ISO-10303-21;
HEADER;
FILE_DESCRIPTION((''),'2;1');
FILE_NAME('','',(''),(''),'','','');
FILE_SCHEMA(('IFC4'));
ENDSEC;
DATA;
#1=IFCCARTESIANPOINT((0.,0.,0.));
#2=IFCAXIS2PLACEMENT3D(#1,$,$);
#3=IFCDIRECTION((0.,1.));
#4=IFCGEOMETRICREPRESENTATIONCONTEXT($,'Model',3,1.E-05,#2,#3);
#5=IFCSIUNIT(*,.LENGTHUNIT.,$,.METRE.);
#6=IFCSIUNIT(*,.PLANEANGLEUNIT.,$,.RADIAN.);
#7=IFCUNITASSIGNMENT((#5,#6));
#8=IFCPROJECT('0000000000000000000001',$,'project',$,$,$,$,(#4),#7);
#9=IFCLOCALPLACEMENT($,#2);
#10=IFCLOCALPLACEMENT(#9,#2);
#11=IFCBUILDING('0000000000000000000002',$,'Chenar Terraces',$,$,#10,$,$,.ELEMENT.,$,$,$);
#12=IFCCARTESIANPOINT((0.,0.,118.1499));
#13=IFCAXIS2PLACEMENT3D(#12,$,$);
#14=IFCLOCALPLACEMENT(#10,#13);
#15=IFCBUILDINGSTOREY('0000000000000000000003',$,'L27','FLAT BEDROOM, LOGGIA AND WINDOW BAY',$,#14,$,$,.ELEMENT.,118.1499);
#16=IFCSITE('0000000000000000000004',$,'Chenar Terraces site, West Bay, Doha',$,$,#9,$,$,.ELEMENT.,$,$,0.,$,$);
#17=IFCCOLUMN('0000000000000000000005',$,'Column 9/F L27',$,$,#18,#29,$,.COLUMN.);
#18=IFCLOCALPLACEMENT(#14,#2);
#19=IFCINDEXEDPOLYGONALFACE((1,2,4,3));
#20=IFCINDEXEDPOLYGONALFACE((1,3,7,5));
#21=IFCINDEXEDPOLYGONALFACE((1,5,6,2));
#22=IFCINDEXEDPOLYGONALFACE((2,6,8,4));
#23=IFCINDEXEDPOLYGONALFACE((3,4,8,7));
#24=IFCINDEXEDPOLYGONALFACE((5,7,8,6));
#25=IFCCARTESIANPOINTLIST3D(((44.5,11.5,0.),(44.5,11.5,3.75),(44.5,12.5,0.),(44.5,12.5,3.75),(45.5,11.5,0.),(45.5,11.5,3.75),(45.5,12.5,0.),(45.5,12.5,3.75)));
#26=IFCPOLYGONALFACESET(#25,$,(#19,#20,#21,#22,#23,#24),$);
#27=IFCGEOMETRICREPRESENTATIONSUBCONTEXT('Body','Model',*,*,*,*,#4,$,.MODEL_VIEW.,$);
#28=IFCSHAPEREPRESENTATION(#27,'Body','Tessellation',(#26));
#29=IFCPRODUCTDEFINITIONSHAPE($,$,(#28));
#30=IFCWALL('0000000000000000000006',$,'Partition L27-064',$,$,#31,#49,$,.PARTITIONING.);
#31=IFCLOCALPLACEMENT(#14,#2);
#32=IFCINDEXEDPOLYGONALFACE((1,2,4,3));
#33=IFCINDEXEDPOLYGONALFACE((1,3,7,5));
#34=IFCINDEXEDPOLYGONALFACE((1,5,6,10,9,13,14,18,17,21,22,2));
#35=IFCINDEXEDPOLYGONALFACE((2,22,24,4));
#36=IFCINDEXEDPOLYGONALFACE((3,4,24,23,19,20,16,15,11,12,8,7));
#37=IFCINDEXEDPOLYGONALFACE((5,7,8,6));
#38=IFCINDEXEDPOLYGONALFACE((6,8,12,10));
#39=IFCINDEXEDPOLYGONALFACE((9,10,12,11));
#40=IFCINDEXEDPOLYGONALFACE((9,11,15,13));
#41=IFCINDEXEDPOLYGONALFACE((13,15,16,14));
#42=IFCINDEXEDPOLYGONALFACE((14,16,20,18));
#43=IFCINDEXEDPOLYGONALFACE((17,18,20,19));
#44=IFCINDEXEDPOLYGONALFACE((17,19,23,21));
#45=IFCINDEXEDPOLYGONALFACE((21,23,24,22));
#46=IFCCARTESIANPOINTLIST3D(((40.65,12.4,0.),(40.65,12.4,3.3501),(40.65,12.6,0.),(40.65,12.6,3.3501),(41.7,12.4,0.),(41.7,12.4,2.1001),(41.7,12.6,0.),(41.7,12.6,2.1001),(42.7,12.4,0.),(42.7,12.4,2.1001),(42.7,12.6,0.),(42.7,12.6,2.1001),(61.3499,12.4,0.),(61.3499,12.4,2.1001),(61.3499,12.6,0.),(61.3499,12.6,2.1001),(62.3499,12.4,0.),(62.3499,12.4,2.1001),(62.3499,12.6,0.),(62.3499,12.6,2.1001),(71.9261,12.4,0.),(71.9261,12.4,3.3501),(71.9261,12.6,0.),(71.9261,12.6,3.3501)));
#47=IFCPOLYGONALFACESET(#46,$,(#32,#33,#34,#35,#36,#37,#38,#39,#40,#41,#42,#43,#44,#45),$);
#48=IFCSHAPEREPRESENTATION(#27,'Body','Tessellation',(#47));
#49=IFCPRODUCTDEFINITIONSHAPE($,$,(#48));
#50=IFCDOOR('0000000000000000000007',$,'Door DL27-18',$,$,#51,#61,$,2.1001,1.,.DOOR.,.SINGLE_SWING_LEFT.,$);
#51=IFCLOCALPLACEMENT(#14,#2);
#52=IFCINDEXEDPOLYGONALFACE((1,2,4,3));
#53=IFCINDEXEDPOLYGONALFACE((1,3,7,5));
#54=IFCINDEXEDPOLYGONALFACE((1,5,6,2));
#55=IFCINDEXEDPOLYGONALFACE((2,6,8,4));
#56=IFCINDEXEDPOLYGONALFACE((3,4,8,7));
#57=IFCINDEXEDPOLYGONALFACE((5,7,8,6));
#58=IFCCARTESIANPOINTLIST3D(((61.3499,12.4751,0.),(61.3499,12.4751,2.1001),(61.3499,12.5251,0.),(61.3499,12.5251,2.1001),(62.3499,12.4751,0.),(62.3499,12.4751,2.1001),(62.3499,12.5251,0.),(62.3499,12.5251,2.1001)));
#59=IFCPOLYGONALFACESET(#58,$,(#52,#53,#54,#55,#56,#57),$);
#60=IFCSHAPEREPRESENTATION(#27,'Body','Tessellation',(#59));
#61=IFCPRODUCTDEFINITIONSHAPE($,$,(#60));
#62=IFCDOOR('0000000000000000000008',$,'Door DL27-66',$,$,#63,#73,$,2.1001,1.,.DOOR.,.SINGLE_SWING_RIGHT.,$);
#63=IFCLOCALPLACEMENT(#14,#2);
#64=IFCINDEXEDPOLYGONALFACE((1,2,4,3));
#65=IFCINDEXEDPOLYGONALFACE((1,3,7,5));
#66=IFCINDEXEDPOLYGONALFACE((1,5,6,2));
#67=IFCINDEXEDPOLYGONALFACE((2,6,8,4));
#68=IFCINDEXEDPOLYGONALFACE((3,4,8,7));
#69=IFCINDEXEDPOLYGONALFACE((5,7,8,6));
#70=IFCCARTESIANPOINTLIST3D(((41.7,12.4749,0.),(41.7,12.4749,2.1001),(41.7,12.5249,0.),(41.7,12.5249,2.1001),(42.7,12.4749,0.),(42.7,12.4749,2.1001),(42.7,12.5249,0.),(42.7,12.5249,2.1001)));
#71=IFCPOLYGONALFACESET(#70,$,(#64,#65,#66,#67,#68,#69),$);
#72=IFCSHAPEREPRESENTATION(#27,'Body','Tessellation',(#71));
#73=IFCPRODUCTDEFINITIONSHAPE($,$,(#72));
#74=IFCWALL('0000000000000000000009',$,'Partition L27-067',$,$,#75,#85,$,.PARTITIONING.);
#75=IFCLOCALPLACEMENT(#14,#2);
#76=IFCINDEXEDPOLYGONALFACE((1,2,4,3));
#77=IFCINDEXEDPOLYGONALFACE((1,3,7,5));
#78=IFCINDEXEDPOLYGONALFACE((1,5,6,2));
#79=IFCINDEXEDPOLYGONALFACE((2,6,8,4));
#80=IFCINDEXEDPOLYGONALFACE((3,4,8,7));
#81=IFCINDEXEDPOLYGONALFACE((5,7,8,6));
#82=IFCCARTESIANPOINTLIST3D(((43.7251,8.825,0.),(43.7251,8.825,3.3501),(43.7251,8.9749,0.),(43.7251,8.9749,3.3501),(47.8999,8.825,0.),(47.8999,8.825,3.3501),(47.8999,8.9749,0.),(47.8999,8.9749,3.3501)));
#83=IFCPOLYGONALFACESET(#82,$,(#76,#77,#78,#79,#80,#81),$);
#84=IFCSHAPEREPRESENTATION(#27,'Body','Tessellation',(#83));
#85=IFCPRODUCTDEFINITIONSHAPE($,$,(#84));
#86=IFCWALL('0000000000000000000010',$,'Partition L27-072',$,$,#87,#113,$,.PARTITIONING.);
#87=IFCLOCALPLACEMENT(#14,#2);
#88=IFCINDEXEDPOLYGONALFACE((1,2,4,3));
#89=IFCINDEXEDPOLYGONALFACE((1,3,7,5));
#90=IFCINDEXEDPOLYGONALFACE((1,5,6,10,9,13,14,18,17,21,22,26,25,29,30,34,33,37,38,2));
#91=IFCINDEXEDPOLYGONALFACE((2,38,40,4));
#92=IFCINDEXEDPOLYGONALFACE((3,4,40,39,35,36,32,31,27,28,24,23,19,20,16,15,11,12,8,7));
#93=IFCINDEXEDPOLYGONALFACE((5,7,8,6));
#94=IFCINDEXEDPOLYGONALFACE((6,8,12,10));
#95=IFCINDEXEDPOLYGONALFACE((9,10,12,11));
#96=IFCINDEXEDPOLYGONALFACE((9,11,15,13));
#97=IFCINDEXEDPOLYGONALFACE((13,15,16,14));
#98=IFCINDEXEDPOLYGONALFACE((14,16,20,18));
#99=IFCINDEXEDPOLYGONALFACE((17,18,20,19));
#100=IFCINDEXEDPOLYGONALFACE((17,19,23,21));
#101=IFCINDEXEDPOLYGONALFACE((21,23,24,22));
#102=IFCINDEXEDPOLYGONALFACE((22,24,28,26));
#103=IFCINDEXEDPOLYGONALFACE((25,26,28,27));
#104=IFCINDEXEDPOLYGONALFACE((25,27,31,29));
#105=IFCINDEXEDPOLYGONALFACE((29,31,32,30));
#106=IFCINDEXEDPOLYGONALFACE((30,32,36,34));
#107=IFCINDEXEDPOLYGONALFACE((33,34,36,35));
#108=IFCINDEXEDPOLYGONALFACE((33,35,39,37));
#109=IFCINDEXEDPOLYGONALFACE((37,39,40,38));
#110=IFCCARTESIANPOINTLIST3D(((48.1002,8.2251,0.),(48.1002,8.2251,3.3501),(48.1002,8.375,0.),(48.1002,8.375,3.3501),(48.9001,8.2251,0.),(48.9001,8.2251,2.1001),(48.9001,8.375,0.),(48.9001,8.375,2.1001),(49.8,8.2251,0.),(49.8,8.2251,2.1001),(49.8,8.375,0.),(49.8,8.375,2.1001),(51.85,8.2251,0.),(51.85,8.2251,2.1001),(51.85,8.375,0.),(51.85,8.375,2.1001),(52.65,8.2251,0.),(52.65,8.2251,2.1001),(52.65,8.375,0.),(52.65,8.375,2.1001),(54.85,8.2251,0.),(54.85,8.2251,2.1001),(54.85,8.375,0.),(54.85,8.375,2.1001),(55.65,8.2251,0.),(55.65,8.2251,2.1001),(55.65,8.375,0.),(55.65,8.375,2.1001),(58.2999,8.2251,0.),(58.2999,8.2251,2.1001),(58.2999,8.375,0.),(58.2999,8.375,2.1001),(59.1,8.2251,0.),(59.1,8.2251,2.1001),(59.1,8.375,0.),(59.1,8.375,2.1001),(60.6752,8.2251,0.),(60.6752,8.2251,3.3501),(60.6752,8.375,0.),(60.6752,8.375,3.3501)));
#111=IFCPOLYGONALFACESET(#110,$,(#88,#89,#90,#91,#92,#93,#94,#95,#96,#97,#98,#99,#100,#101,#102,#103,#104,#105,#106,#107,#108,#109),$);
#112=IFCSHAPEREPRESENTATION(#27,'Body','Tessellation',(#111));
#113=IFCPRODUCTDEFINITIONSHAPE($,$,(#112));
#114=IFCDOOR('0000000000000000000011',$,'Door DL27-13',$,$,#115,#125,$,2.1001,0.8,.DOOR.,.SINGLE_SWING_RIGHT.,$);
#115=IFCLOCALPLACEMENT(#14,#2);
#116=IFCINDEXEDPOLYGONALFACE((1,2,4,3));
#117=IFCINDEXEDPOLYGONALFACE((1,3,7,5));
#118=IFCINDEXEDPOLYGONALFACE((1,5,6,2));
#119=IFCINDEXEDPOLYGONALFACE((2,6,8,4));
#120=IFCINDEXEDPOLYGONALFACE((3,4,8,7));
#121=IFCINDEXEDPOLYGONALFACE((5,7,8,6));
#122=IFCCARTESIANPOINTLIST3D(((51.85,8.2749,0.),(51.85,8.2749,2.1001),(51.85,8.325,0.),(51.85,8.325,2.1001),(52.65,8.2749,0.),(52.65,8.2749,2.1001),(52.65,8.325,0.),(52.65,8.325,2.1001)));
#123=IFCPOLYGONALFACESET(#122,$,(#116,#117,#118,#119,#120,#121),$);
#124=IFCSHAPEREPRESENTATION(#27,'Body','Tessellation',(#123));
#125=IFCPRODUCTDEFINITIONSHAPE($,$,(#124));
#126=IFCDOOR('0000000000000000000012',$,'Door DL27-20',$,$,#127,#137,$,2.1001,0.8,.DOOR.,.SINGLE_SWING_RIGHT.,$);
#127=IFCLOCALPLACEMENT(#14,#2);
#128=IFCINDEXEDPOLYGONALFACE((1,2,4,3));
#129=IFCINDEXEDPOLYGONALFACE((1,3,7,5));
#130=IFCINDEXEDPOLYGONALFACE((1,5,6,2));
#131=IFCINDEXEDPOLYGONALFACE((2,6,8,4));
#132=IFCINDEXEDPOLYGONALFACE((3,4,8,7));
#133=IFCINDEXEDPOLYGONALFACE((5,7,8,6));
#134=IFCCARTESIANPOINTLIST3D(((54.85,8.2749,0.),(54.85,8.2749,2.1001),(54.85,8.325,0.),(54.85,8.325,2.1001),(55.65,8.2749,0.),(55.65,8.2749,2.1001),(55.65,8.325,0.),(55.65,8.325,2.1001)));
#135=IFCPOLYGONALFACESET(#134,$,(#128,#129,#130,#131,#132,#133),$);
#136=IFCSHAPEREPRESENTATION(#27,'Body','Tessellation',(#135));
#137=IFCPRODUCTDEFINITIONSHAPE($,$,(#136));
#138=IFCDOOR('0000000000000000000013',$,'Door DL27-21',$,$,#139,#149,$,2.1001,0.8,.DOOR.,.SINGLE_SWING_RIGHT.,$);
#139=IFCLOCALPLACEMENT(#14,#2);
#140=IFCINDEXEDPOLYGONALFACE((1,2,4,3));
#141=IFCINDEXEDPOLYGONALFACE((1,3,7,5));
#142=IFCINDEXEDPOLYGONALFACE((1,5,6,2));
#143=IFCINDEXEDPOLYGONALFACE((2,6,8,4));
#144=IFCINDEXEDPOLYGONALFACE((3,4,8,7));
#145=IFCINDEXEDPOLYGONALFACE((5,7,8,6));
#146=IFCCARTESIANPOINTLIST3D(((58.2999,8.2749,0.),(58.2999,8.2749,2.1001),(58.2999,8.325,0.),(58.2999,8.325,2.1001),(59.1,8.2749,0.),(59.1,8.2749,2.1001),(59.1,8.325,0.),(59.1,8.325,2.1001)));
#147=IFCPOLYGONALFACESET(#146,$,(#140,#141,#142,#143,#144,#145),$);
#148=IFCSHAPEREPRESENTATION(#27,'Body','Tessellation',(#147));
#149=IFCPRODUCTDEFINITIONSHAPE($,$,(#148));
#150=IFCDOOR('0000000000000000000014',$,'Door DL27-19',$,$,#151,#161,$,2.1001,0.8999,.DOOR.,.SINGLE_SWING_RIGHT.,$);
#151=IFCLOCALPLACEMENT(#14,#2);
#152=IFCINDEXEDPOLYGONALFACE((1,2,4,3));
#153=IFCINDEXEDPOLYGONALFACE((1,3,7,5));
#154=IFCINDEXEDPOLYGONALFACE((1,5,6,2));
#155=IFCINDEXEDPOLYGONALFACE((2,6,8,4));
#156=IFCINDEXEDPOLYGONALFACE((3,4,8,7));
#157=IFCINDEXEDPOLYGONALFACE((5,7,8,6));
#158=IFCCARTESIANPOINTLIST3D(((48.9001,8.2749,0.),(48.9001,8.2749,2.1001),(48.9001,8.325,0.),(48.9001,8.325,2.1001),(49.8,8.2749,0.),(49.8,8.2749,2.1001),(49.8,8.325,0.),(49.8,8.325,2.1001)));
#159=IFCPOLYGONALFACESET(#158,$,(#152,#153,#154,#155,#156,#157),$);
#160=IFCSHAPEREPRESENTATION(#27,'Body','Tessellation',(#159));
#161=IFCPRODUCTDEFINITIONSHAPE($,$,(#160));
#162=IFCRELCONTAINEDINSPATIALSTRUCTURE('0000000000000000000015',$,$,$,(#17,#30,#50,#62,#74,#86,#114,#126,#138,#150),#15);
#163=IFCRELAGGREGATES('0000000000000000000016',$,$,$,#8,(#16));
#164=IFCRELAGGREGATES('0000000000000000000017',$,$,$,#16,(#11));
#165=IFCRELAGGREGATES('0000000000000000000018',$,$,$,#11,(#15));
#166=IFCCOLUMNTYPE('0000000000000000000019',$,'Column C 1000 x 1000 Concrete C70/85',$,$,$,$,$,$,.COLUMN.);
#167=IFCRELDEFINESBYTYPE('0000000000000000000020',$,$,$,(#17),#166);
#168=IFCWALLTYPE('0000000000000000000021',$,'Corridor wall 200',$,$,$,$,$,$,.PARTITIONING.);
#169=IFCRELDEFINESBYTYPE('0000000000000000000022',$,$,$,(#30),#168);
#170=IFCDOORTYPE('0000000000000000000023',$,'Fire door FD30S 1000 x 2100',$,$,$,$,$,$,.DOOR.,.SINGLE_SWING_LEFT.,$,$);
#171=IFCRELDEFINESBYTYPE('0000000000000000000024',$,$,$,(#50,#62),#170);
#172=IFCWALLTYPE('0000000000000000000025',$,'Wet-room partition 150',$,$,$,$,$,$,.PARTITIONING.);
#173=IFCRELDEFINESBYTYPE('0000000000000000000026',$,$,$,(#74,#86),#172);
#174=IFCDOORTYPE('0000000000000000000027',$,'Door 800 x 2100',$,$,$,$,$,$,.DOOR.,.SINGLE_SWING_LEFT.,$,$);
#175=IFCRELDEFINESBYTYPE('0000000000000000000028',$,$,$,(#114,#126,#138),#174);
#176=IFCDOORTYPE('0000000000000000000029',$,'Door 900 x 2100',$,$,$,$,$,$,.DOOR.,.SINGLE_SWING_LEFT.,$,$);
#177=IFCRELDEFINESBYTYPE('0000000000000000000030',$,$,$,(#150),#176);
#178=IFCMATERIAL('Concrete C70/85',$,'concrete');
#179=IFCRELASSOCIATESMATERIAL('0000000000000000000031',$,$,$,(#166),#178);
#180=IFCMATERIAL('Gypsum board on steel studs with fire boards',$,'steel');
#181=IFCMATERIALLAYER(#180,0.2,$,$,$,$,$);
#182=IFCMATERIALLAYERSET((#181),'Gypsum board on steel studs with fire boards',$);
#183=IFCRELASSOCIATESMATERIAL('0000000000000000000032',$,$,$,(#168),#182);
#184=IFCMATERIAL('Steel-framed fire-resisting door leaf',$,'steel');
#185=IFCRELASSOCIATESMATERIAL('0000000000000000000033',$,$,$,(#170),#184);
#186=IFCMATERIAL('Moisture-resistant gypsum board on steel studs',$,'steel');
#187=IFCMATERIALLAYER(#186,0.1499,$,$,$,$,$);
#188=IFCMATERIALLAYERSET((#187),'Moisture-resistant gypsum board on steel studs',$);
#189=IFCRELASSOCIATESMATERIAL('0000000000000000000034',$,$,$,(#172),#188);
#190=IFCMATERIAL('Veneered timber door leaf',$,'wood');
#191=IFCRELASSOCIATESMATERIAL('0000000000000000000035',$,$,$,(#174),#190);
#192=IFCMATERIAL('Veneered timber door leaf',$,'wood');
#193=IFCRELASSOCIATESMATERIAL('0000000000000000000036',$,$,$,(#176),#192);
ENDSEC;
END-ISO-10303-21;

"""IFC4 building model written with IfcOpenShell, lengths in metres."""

from ifc_helpers import new_model, si_unit, direction, frame, frame_2d, origin, origin_2d, place, context, subcontext, project, spatial, rectangle, extrude, material, layer, layer_set, material_profile, profile_set, type_object, element, fill, save


model = new_model("IFC4")

# Units and contexts
model_context = context("Model", 3, precision=1e-05, world=origin(), true_north=direction((0.0, 1.0)))
body_context = subcontext(model_context, "Body", "Model", "MODEL_VIEW")
ifc_project = project(units=[si_unit("LENGTHUNIT", "METRE"), si_unit("PLANEANGLEUNIT", "RADIAN")], contexts=[model_context])

# Site, building, storey
site_placement = place(None, origin())
site = spatial("IfcSite", under=ifc_project, at=site_placement, Name="Chenar Terraces site, West Bay, Doha", CompositionType="ELEMENT", RefElevation=0.0)
building_placement = place(site_placement, origin())
building = spatial("IfcBuilding", under=site, at=building_placement, Name="Chenar Terraces", CompositionType="ELEMENT")
storey_placement = place(building_placement, frame((0.0, 0.0, 118.1499)))
storey = spatial("IfcBuildingStorey", under=building, at=storey_placement, Name="L27", Description="FLAT BEDROOM, LOGGIA AND WINDOW BAY", CompositionType="ELEMENT", Elevation=118.1499)

# Column
ifc_material_1 = material(Name="Concrete C70/85", Category="concrete")
ifc_material_profile = material_profile(ifc_material_1, rectangle(XDim=1.0, YDim=1.0, at=origin_2d()), Name="C 1000 x 1000")
ifc_profile_set = profile_set([ifc_material_profile], Name="Concrete C70/85")
column_type = type_object("IfcColumnType", Name="Column C 1000 x 1000 Concrete C70/85", PredefinedType="COLUMN", material=ifc_profile_set)
column_placement = place(storey_placement, frame((45.0, 12.0, 0.0), z_axis=(0.0, 0.0, 1.0), x_axis=(1.0, 0.0, 0.0)))
element("IfcColumn", 1, at=column_placement, inside=storey, type_object=column_type, Name="Column 9/F L27", PredefinedType="COLUMN", context=body_context, shape_type="SweptSolid", body=[
    extrude(rectangle(XDim=1.0, YDim=1.0, at=origin_2d()), origin(), (0.0, 0.0, 1.0), 3.75),
])

# Wall, openings, doors
ifc_material_2 = material(Name="Gypsum board on steel studs with fire boards", Category="steel")
ifc_layer_1 = layer(ifc_material_2, 0.2)
ifc_layer_set_1 = layer_set([ifc_layer_1], Name="Gypsum board on steel studs with fire boards")
wall_type_1 = type_object("IfcWallType", Name="Corridor wall 200", PredefinedType="PARTITIONING", material=ifc_layer_set_1)
wall_1_placement = place(storey_placement, frame((40.6499, 12.5, 0.0), z_axis=(0.0, 0.0, 1.0), x_axis=(1.0, 0.0, 0.0)))
wall_1 = element("IfcWall", 2, at=wall_1_placement, inside=storey, type_object=wall_type_1, Name="Partition L27-064", PredefinedType="PARTITIONING", context=body_context, shape_type="SweptSolid", body=[
    extrude(rectangle(XDim=31.2761, YDim=0.2, at=frame_2d((15.6382, 0.0))), origin(), (0.0, 0.0, 1.0), 3.3501),
])
opening_1_placement = place(wall_1_placement, frame((20.7, 0.0, 0.0)))
opening_1 = element("IfcOpeningElement", 3, at=opening_1_placement, cuts=wall_1, PredefinedType="OPENING", context=body_context, shape_type="SweptSolid", body=[
    extrude(rectangle(XDim=1.0, YDim=2.1001, at=frame_2d((0.5, 1.05))), frame((0.0, 0.1099, 0.0), z_axis=(0.0, -1.0, 0.0), x_axis=(1.0, 0.0, 0.0)), (0.0, 0.0, 1.0), 0.22),
])
opening_2_placement = place(wall_1_placement, frame((1.05, 0.0, 0.0)))
opening_2 = element("IfcOpeningElement", 4, at=opening_2_placement, cuts=wall_1, PredefinedType="OPENING", context=body_context, shape_type="SweptSolid", body=[
    extrude(rectangle(XDim=1.0, YDim=2.1001, at=frame_2d((0.5, 1.05))), frame((0.0, 0.1099, 0.0), z_axis=(0.0, -1.0, 0.0), x_axis=(1.0, 0.0, 0.0)), (0.0, 0.0, 1.0), 0.22),
])
ifc_material_3 = material(Name="Steel-framed fire-resisting door leaf", Category="steel")
door_type_1 = type_object("IfcDoorType", Name="Fire door FD30S 1000 x 2100", OperationType="SINGLE_SWING_LEFT", PredefinedType="DOOR", material=ifc_material_3)
door_1_placement = place(opening_1_placement, frame((1.0, 0.0, 0.0), z_axis=(0.0, 0.0, 1.0), x_axis=(-1.0, 0.0, 0.0)))
door_1 = element("IfcDoor", 5, at=door_1_placement, inside=storey, type_object=door_type_1, Name="Door DL27-18", OperationType="SINGLE_SWING_LEFT", OverallHeight=2.1001, OverallWidth=1.0, PredefinedType="DOOR", context=body_context, shape_type="SweptSolid", body=[
    extrude(rectangle(XDim=1.0, YDim=2.1001, at=frame_2d((0.5, 1.05))), frame((0.0, 0.0249, 0.0), z_axis=(0.0, -1.0, 0.0), x_axis=(1.0, 0.0, 0.0)), (0.0, 0.0, 1.0), 0.05),
])
fill(opening_1, door_1)
door_2_placement = place(opening_2_placement, origin())
door_2 = element("IfcDoor", 6, at=door_2_placement, inside=storey, type_object=door_type_1, Name="Door DL27-66", OperationType="SINGLE_SWING_RIGHT", OverallHeight=2.1001, OverallWidth=1.0, PredefinedType="DOOR", context=body_context, shape_type="SweptSolid", body=[
    extrude(rectangle(XDim=1.0, YDim=2.1001, at=frame_2d((0.5, 1.05))), frame((0.0, 0.0249, 0.0), z_axis=(0.0, -1.0, 0.0), x_axis=(1.0, 0.0, 0.0)), (0.0, 0.0, 1.0), 0.05),
])
fill(opening_2, door_2)

# Wall
ifc_material_4 = material(Name="Moisture-resistant gypsum board on steel studs", Category="steel")
ifc_layer_2 = layer(ifc_material_4, 0.1499)
ifc_layer_set_2 = layer_set([ifc_layer_2], Name="Moisture-resistant gypsum board on steel studs")
wall_type_2 = type_object("IfcWallType", Name="Wet-room partition 150", PredefinedType="PARTITIONING", material=ifc_layer_set_2)
wall_2_placement = place(storey_placement, frame((43.7251, 8.8999, 0.0), z_axis=(0.0, 0.0, 1.0), x_axis=(1.0, 0.0, 0.0)))
element("IfcWall", 7, at=wall_2_placement, inside=storey, type_object=wall_type_2, Name="Partition L27-067", PredefinedType="PARTITIONING", context=body_context, shape_type="SweptSolid", body=[
    extrude(rectangle(XDim=4.1748, YDim=0.1499, at=frame_2d((2.0874, 0.0))), origin(), (0.0, 0.0, 1.0), 3.3501),
])

# Wall, openings, doors
wall_3_placement = place(storey_placement, frame((48.1001, 8.3, 0.0), z_axis=(0.0, 0.0, 1.0), x_axis=(1.0, 0.0, 0.0)))
wall_3 = element("IfcWall", 8, at=wall_3_placement, inside=storey, type_object=wall_type_2, Name="Partition L27-072", PredefinedType="PARTITIONING", context=body_context, shape_type="SweptSolid", body=[
    extrude(rectangle(XDim=12.575, YDim=0.1499, at=frame_2d((6.2876, 0.0))), origin(), (0.0, 0.0, 1.0), 3.3501),
])
opening_3_placement = place(wall_3_placement, frame((3.75, 0.0, 0.0)))
opening_3 = element("IfcOpeningElement", 9, at=opening_3_placement, cuts=wall_3, PredefinedType="OPENING", context=body_context, shape_type="SweptSolid", body=[
    extrude(rectangle(XDim=0.8, YDim=2.1001, at=frame_2d((0.3999, 1.05))), frame((0.0, 0.085, 0.0), z_axis=(0.0, -1.0, 0.0), x_axis=(1.0, 0.0, 0.0)), (0.0, 0.0, 1.0), 0.1699),
])
opening_4_placement = place(wall_3_placement, frame((0.8, 0.0, 0.0)))
opening_4 = element("IfcOpeningElement", 10, at=opening_4_placement, cuts=wall_3, PredefinedType="OPENING", context=body_context, shape_type="SweptSolid", body=[
    extrude(rectangle(XDim=0.8999, YDim=2.1001, at=frame_2d((0.45, 1.05))), frame((0.0, 0.085, 0.0), z_axis=(0.0, -1.0, 0.0), x_axis=(1.0, 0.0, 0.0)), (0.0, 0.0, 1.0), 0.1699),
])
opening_5_placement = place(wall_3_placement, frame((6.75, 0.0, 0.0)))
opening_5 = element("IfcOpeningElement", 11, at=opening_5_placement, cuts=wall_3, PredefinedType="OPENING", context=body_context, shape_type="SweptSolid", body=[
    extrude(rectangle(XDim=0.8, YDim=2.1001, at=frame_2d((0.3999, 1.05))), frame((0.0, 0.085, 0.0), z_axis=(0.0, -1.0, 0.0), x_axis=(1.0, 0.0, 0.0)), (0.0, 0.0, 1.0), 0.1699),
])
opening_6_placement = place(wall_3_placement, frame((10.2, 0.0, 0.0)))
opening_6 = element("IfcOpeningElement", 12, at=opening_6_placement, cuts=wall_3, PredefinedType="OPENING", context=body_context, shape_type="SweptSolid", body=[
    extrude(rectangle(XDim=0.8, YDim=2.1001, at=frame_2d((0.3999, 1.05))), frame((0.0, 0.085, 0.0), z_axis=(0.0, -1.0, 0.0), x_axis=(1.0, 0.0, 0.0)), (0.0, 0.0, 1.0), 0.1699),
])
ifc_material_5 = material(Name="Veneered timber door leaf", Category="wood")
door_type_2 = type_object("IfcDoorType", Name="Door 800 x 2100", OperationType="SINGLE_SWING_LEFT", PredefinedType="DOOR", material=ifc_material_5)
door_3_placement = place(opening_3_placement, origin())
door_3 = element("IfcDoor", 13, at=door_3_placement, inside=storey, type_object=door_type_2, Name="Door DL27-13", OperationType="SINGLE_SWING_RIGHT", OverallHeight=2.1001, OverallWidth=0.8, PredefinedType="DOOR", context=body_context, shape_type="SweptSolid", body=[
    extrude(rectangle(XDim=0.8, YDim=2.1001, at=frame_2d((0.3999, 1.05))), frame((0.0, 0.0249, 0.0), z_axis=(0.0, -1.0, 0.0), x_axis=(1.0, 0.0, 0.0)), (0.0, 0.0, 1.0), 0.05),
])
fill(opening_3, door_3)
door_4_placement = place(opening_5_placement, origin())
door_4 = element("IfcDoor", 14, at=door_4_placement, inside=storey, type_object=door_type_2, Name="Door DL27-20", OperationType="SINGLE_SWING_RIGHT", OverallHeight=2.1001, OverallWidth=0.8, PredefinedType="DOOR", context=body_context, shape_type="SweptSolid", body=[
    extrude(rectangle(XDim=0.8, YDim=2.1001, at=frame_2d((0.3999, 1.05))), frame((0.0, 0.0249, 0.0), z_axis=(0.0, -1.0, 0.0), x_axis=(1.0, 0.0, 0.0)), (0.0, 0.0, 1.0), 0.05),
])
fill(opening_5, door_4)
door_5_placement = place(opening_6_placement, origin())
door_5 = element("IfcDoor", 15, at=door_5_placement, inside=storey, type_object=door_type_2, Name="Door DL27-21", OperationType="SINGLE_SWING_RIGHT", OverallHeight=2.1001, OverallWidth=0.8, PredefinedType="DOOR", context=body_context, shape_type="SweptSolid", body=[
    extrude(rectangle(XDim=0.8, YDim=2.1001, at=frame_2d((0.3999, 1.05))), frame((0.0, 0.0249, 0.0), z_axis=(0.0, -1.0, 0.0), x_axis=(1.0, 0.0, 0.0)), (0.0, 0.0, 1.0), 0.05),
])
fill(opening_6, door_5)
ifc_material_6 = material(Name="Veneered timber door leaf", Category="wood")
door_type_3 = type_object("IfcDoorType", Name="Door 900 x 2100", OperationType="SINGLE_SWING_LEFT", PredefinedType="DOOR", material=ifc_material_6)
door_6_placement = place(opening_4_placement, origin())
door_6 = element("IfcDoor", 16, at=door_6_placement, inside=storey, type_object=door_type_3, Name="Door DL27-19", OperationType="SINGLE_SWING_RIGHT", OverallHeight=2.1001, OverallWidth=0.8999, PredefinedType="DOOR", context=body_context, shape_type="SweptSolid", body=[
    extrude(rectangle(XDim=0.8999, YDim=2.1001, at=frame_2d((0.45, 1.05))), frame((0.0, 0.0249, 0.0), z_axis=(0.0, -1.0, 0.0), x_axis=(1.0, 0.0, 0.0)), (0.0, 0.0, 1.0), 0.05),
])
fill(opening_4, door_6)

save(model, "model.ifc")
